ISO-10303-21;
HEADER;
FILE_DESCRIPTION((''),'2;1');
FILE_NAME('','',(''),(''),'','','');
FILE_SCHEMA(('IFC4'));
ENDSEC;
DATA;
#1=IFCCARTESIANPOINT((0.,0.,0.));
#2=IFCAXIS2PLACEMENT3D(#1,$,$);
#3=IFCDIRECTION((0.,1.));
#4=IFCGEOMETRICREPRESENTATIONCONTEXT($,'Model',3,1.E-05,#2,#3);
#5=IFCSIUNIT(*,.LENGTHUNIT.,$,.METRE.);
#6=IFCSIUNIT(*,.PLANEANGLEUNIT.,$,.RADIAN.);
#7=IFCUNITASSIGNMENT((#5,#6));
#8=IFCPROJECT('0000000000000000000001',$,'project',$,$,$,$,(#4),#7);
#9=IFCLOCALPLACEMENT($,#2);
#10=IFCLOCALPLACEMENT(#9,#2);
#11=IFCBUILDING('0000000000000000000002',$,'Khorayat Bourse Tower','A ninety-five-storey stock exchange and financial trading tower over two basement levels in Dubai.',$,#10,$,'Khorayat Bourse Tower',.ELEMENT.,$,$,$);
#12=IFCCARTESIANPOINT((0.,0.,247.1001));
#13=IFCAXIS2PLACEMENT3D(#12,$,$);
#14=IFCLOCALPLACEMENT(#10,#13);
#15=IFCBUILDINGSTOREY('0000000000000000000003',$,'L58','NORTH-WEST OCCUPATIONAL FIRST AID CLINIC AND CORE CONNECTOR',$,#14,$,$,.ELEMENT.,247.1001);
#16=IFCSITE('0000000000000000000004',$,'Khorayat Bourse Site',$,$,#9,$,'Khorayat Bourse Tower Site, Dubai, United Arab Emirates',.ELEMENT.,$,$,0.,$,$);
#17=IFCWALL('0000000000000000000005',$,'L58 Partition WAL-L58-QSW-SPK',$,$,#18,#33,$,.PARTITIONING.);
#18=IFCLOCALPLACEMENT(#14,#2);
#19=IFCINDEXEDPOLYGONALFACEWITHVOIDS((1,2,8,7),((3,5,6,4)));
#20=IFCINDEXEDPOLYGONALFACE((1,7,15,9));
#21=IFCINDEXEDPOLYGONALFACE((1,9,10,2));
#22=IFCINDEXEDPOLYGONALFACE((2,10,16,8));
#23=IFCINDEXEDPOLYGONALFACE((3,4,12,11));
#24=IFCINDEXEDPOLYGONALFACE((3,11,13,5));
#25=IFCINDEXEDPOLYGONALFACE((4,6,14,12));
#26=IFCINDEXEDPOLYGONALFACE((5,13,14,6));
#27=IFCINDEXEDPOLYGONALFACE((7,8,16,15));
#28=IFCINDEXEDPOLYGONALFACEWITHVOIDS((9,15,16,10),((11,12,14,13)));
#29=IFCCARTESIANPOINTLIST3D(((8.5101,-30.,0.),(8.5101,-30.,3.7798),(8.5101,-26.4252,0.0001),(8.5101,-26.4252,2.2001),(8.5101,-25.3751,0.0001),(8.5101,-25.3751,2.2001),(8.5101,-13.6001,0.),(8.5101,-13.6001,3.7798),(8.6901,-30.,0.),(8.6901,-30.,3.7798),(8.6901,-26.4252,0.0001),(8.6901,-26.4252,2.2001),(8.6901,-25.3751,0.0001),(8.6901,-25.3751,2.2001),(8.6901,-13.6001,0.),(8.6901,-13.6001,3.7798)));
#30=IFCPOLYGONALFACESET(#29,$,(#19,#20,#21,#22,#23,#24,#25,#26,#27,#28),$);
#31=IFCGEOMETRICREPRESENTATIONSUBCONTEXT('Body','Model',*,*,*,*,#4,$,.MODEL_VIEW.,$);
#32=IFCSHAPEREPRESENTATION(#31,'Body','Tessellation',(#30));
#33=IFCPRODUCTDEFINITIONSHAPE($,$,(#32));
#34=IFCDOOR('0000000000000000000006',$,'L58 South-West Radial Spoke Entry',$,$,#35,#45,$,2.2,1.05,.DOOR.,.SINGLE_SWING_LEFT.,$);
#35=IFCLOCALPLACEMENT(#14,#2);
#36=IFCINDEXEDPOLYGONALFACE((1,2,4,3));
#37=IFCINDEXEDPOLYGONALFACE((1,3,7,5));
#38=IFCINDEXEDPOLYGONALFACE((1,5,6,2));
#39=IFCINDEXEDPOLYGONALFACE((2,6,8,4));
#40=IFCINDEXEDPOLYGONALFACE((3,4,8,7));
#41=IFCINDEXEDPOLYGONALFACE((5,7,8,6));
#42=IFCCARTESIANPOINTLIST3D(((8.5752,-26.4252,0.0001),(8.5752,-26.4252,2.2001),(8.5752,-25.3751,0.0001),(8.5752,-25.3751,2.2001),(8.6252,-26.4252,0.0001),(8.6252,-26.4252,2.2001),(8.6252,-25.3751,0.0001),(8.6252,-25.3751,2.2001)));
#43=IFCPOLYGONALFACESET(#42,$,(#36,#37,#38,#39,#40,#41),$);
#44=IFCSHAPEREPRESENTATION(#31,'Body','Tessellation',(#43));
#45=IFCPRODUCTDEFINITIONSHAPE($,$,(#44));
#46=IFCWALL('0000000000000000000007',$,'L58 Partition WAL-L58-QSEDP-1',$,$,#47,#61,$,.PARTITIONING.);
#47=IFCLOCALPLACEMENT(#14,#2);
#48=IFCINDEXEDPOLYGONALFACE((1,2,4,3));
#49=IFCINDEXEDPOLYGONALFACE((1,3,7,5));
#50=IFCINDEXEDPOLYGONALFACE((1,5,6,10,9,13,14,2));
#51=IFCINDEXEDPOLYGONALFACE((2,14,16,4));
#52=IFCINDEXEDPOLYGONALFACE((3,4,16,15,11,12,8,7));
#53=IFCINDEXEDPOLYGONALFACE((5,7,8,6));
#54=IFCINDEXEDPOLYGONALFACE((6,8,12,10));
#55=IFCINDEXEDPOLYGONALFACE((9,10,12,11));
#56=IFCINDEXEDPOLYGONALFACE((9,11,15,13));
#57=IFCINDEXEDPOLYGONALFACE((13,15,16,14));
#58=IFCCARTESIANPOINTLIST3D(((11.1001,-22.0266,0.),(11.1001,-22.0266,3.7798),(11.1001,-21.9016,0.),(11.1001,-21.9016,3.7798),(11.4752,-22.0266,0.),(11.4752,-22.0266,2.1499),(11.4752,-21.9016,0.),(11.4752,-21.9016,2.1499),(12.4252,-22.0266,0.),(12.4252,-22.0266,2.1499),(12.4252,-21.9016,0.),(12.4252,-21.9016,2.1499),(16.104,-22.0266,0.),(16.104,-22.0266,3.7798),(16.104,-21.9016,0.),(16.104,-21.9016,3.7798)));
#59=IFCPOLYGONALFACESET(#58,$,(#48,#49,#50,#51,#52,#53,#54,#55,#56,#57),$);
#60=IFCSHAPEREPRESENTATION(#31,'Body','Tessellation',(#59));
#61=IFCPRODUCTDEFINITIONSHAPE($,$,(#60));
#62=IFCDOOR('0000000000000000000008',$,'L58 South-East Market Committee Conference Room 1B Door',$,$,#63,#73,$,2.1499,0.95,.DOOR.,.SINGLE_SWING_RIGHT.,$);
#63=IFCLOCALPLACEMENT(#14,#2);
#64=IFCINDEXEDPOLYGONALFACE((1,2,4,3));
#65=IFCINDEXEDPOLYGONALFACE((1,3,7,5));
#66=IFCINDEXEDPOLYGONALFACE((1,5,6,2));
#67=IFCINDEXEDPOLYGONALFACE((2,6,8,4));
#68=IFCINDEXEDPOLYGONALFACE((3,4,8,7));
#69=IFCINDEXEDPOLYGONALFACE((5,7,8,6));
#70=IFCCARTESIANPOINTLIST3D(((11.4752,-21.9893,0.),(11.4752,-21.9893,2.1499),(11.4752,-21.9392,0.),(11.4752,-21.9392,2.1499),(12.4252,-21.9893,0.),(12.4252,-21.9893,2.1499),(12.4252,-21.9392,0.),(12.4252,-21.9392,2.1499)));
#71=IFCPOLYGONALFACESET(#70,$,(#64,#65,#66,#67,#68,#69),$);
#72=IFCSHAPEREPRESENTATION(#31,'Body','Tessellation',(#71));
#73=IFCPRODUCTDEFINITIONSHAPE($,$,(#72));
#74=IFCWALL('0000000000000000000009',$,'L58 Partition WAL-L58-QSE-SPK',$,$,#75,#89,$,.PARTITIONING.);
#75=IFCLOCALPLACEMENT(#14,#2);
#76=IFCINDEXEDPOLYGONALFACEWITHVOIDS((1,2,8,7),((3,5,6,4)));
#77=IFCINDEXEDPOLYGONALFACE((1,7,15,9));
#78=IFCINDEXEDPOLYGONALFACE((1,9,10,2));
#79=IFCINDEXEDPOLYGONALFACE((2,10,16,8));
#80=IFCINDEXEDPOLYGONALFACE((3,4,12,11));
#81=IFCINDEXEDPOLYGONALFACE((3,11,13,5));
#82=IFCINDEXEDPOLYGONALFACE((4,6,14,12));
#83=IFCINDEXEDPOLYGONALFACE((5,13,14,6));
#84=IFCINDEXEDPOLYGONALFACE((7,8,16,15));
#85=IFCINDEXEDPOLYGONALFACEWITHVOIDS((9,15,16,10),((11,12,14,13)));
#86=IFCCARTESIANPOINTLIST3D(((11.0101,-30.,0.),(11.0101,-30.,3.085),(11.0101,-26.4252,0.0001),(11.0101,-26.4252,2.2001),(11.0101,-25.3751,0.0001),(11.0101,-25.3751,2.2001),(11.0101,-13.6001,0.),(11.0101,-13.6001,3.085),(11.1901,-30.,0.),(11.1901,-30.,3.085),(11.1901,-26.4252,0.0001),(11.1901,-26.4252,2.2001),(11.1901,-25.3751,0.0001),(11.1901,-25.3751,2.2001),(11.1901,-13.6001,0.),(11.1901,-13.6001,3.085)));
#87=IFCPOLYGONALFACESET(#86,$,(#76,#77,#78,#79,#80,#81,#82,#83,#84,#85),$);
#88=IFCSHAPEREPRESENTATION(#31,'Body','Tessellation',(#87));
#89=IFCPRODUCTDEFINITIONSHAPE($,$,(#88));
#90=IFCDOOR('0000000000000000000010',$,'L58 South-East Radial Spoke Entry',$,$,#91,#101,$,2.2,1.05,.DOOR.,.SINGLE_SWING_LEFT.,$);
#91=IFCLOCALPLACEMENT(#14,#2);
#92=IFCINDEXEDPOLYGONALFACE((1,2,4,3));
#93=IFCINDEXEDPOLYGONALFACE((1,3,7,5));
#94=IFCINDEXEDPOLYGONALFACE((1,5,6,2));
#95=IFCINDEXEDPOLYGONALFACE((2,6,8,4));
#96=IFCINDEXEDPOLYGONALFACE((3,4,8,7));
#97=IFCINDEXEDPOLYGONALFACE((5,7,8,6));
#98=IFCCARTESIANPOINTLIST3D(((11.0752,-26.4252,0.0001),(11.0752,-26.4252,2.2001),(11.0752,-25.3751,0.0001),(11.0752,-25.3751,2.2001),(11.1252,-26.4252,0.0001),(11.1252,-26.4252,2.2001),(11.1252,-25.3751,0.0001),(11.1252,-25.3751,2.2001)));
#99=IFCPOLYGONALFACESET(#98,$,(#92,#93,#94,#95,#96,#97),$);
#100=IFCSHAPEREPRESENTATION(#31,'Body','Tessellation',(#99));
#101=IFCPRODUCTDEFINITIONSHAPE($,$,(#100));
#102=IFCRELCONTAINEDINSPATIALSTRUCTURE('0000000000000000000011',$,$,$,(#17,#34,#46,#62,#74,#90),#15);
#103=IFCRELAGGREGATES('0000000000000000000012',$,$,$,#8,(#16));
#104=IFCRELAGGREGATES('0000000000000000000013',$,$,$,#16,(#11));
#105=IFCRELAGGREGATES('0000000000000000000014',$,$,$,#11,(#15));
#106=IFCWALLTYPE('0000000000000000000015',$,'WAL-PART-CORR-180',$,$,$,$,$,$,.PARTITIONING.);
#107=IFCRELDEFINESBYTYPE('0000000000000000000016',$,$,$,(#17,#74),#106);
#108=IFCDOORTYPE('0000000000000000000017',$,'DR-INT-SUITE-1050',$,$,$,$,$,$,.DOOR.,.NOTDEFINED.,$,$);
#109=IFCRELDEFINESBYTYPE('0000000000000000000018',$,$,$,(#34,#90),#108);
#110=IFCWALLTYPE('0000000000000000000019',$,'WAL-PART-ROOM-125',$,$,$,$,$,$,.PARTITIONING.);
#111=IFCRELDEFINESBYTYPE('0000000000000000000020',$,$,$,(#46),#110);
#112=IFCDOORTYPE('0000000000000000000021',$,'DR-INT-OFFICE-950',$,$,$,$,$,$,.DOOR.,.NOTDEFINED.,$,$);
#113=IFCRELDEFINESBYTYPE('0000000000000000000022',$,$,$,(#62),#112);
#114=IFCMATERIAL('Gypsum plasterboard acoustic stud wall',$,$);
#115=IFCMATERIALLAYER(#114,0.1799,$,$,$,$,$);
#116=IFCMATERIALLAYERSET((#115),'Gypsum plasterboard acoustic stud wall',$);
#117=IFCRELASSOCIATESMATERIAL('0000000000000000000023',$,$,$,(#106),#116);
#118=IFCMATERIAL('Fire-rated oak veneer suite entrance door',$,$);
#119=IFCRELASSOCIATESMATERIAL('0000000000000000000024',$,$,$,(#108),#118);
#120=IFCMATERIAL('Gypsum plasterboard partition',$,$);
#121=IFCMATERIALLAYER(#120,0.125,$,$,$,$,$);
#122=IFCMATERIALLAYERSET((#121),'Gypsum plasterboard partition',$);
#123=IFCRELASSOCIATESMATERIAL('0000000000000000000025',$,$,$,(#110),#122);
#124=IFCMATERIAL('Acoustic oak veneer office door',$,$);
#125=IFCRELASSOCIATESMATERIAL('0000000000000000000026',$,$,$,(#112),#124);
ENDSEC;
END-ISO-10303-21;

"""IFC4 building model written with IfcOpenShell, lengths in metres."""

from ifc_helpers import new_model, si_unit, direction, frame, frame_2d, origin, place, context, subcontext, project, spatial, rectangle, extrude, source, transform, mapped, material, layer, layer_set, type_object, element, fill, save


model = new_model("IFC4")

# Units and contexts
model_context = context("Model", 3, precision=1e-05, world=origin(), true_north=direction((0.0, 1.0)))
body_context = subcontext(model_context, "Body", "Model", "MODEL_VIEW")
ifc_project = project(units=[si_unit("LENGTHUNIT", "METRE"), si_unit("PLANEANGLEUNIT", "RADIAN")], contexts=[model_context])

# Site, building, storey
site_placement = place(None, origin())
site = spatial("IfcSite", under=ifc_project, at=site_placement, Name="Khorayat Bourse Site", LongName="Khorayat Bourse Tower Site, Dubai, United Arab Emirates", CompositionType="ELEMENT", RefElevation=0.0)
building_placement = place(site_placement, origin())
building = spatial("IfcBuilding", under=site, at=building_placement, Name="Khorayat Bourse Tower", Description="A ninety-five-storey stock exchange and financial trading tower over two basement levels in Dubai.", LongName="Khorayat Bourse Tower", CompositionType="ELEMENT")
storey_placement = place(building_placement, frame((0.0, 0.0, 247.1001)))
storey = spatial("IfcBuildingStorey", under=building, at=storey_placement, Name="L58", Description="NORTH-WEST OCCUPATIONAL FIRST AID CLINIC AND CORE CONNECTOR", CompositionType="ELEMENT", Elevation=247.1001)

# Walls, openings, doors
ifc_material_1 = material(Name="Gypsum plasterboard acoustic stud wall")
ifc_layer_1 = layer(ifc_material_1, 0.1799)
ifc_layer_set_1 = layer_set([ifc_layer_1], Name="Gypsum plasterboard acoustic stud wall")
wall_type_1 = type_object("IfcWallType", Name="WAL-PART-CORR-180", PredefinedType="PARTITIONING", material=ifc_layer_set_1)
shared_shape_1 = source(origin(), body_context, "Body", "SweptSolid", [
    extrude(rectangle(XDim=16.3999, YDim=0.1799, at=frame_2d((8.2, 0.0))), origin(), (0.0, 0.0, 1.0), 3.7798),
])
wall_1_placement = place(storey_placement, frame((8.6001, -30.0, 0.0), z_axis=(0.0, 0.0, 1.0), x_axis=(0.0, 1.0, 0.0)))
wall_1 = element("IfcWall", 1, at=wall_1_placement, inside=storey, type_object=wall_type_1, Name="L58 Partition WAL-L58-QSW-SPK", PredefinedType="PARTITIONING", context=body_context, shape_type="MappedRepresentation", body=[
    mapped(shared_shape_1, transform((0.0, 0.0, 0.0), scale=1.0)),
])
shared_shape_2 = source(origin(), body_context, "Body", "SweptSolid", [
    extrude(rectangle(XDim=1.05, YDim=2.2, at=frame_2d((0.5249, 1.1001))), frame((0.0, 0.0999, 0.0), z_axis=(0.0, -1.0, 0.0), x_axis=(1.0, 0.0, 0.0)), (0.0, 0.0, 1.0), 0.2),
])
opening_1_placement = place(wall_1_placement, frame((3.575, 0.0, 0.0)))
opening_1 = element("IfcOpeningElement", 2, at=opening_1_placement, cuts=wall_1, PredefinedType="OPENING", context=body_context, shape_type="MappedRepresentation", body=[
    mapped(shared_shape_2, transform((0.0, 0.0, 0.0), scale=1.0)),
])
ifc_material_2 = material(Name="Fire-rated oak veneer suite entrance door")
door_type_1 = type_object("IfcDoorType", Name="DR-INT-SUITE-1050", OperationType="NOTDEFINED", PredefinedType="DOOR", material=ifc_material_2)
shared_shape_3 = source(origin(), body_context, "Body", "SweptSolid", [
    extrude(rectangle(XDim=1.05, YDim=2.2, at=frame_2d((0.5249, 1.1001))), frame((0.0, 0.0249, 0.0), z_axis=(0.0, -1.0, 0.0), x_axis=(1.0, 0.0, 0.0)), (0.0, 0.0, 1.0), 0.05),
])
door_1_placement = place(opening_1_placement, origin())
door_1 = element("IfcDoor", 3, at=door_1_placement, inside=storey, type_object=door_type_1, Name="L58 South-West Radial Spoke Entry", OperationType="SINGLE_SWING_LEFT", OverallHeight=2.2, OverallWidth=1.05, PredefinedType="DOOR", context=body_context, shape_type="MappedRepresentation", body=[
    mapped(shared_shape_3, transform((0.0, 0.0, 0.0), scale=1.0)),
])
fill(opening_1, door_1)
ifc_material_3 = material(Name="Gypsum plasterboard partition")
ifc_layer_2 = layer(ifc_material_3, 0.125)
ifc_layer_set_2 = layer_set([ifc_layer_2], Name="Gypsum plasterboard partition")
wall_type_2 = type_object("IfcWallType", Name="WAL-PART-ROOM-125", PredefinedType="PARTITIONING", material=ifc_layer_set_2)
shared_shape_4 = source(origin(), body_context, "Body", "SweptSolid", [
    extrude(rectangle(XDim=5.0039, YDim=0.125, at=frame_2d((2.502, 0.0))), origin(), (0.0, 0.0, 1.0), 3.7798),
])
wall_2_placement = place(storey_placement, frame((11.1001, -21.9641, 0.0), z_axis=(0.0, 0.0, 1.0), x_axis=(1.0, 0.0, 0.0)))
wall_2 = element("IfcWall", 4, at=wall_2_placement, inside=storey, type_object=wall_type_2, Name="L58 Partition WAL-L58-QSEDP-1", PredefinedType="PARTITIONING", context=body_context, shape_type="MappedRepresentation", body=[
    mapped(shared_shape_4, transform((0.0, 0.0, 0.0), scale=1.0)),
])
shared_shape_5 = source(origin(), body_context, "Body", "SweptSolid", [
    extrude(rectangle(XDim=0.95, YDim=2.1499, at=frame_2d((0.4751, 1.075))), frame((0.0, 0.0725, 0.0), z_axis=(0.0, -1.0, 0.0), x_axis=(1.0, 0.0, 0.0)), (0.0, 0.0, 1.0), 0.145),
])
opening_2_placement = place(wall_2_placement, frame((0.375, 0.0, 0.0)))
opening_2 = element("IfcOpeningElement", 5, at=opening_2_placement, cuts=wall_2, PredefinedType="OPENING", context=body_context, shape_type="MappedRepresentation", body=[
    mapped(shared_shape_5, transform((0.0, 0.0, 0.0), scale=1.0)),
])
ifc_material_4 = material(Name="Acoustic oak veneer office door")
door_type_2 = type_object("IfcDoorType", Name="DR-INT-OFFICE-950", OperationType="NOTDEFINED", PredefinedType="DOOR", material=ifc_material_4)
shared_shape_6 = source(origin(), body_context, "Body", "SweptSolid", [
    extrude(rectangle(XDim=0.95, YDim=2.1499, at=frame_2d((0.4751, 1.075))), frame((0.0, 0.0249, 0.0), z_axis=(0.0, -1.0, 0.0), x_axis=(1.0, 0.0, 0.0)), (0.0, 0.0, 1.0), 0.05),
])
door_2_placement = place(opening_2_placement, origin())
door_2 = element("IfcDoor", 6, at=door_2_placement, inside=storey, type_object=door_type_2, Name="L58 South-East Market Committee Conference Room 1B Door", OperationType="SINGLE_SWING_RIGHT", OverallHeight=2.1499, OverallWidth=0.95, PredefinedType="DOOR", context=body_context, shape_type="MappedRepresentation", body=[
    mapped(shared_shape_6, transform((0.0, 0.0, 0.0), scale=1.0)),
])
fill(opening_2, door_2)
shared_shape_7 = source(origin(), body_context, "Body", "SweptSolid", [
    extrude(rectangle(XDim=16.3999, YDim=0.1799, at=frame_2d((8.2, 0.0))), origin(), (0.0, 0.0, 1.0), 3.085),
])
wall_3_placement = place(storey_placement, frame((11.1001, -30.0, 0.0), z_axis=(0.0, 0.0, 1.0), x_axis=(0.0, 1.0, 0.0)))
wall_3 = element("IfcWall", 7, at=wall_3_placement, inside=storey, type_object=wall_type_1, Name="L58 Partition WAL-L58-QSE-SPK", PredefinedType="PARTITIONING", context=body_context, shape_type="MappedRepresentation", body=[
    mapped(shared_shape_7, transform((0.0, 0.0, 0.0), scale=1.0)),
])
opening_3_placement = place(wall_3_placement, frame((3.575, 0.0, 0.0)))
opening_3 = element("IfcOpeningElement", 8, at=opening_3_placement, cuts=wall_3, PredefinedType="OPENING", context=body_context, shape_type="MappedRepresentation", body=[
    mapped(shared_shape_2, transform((0.0, 0.0, 0.0), scale=1.0)),
])
door_3_placement = place(opening_3_placement, origin())
door_3 = element("IfcDoor", 9, at=door_3_placement, inside=storey, type_object=door_type_1, Name="L58 South-East Radial Spoke Entry", OperationType="SINGLE_SWING_LEFT", OverallHeight=2.2, OverallWidth=1.05, PredefinedType="DOOR", context=body_context, shape_type="MappedRepresentation", body=[
    mapped(shared_shape_3, transform((0.0, 0.0, 0.0), scale=1.0)),
])
fill(opening_3, door_3)

save(model, "model.ifc")
